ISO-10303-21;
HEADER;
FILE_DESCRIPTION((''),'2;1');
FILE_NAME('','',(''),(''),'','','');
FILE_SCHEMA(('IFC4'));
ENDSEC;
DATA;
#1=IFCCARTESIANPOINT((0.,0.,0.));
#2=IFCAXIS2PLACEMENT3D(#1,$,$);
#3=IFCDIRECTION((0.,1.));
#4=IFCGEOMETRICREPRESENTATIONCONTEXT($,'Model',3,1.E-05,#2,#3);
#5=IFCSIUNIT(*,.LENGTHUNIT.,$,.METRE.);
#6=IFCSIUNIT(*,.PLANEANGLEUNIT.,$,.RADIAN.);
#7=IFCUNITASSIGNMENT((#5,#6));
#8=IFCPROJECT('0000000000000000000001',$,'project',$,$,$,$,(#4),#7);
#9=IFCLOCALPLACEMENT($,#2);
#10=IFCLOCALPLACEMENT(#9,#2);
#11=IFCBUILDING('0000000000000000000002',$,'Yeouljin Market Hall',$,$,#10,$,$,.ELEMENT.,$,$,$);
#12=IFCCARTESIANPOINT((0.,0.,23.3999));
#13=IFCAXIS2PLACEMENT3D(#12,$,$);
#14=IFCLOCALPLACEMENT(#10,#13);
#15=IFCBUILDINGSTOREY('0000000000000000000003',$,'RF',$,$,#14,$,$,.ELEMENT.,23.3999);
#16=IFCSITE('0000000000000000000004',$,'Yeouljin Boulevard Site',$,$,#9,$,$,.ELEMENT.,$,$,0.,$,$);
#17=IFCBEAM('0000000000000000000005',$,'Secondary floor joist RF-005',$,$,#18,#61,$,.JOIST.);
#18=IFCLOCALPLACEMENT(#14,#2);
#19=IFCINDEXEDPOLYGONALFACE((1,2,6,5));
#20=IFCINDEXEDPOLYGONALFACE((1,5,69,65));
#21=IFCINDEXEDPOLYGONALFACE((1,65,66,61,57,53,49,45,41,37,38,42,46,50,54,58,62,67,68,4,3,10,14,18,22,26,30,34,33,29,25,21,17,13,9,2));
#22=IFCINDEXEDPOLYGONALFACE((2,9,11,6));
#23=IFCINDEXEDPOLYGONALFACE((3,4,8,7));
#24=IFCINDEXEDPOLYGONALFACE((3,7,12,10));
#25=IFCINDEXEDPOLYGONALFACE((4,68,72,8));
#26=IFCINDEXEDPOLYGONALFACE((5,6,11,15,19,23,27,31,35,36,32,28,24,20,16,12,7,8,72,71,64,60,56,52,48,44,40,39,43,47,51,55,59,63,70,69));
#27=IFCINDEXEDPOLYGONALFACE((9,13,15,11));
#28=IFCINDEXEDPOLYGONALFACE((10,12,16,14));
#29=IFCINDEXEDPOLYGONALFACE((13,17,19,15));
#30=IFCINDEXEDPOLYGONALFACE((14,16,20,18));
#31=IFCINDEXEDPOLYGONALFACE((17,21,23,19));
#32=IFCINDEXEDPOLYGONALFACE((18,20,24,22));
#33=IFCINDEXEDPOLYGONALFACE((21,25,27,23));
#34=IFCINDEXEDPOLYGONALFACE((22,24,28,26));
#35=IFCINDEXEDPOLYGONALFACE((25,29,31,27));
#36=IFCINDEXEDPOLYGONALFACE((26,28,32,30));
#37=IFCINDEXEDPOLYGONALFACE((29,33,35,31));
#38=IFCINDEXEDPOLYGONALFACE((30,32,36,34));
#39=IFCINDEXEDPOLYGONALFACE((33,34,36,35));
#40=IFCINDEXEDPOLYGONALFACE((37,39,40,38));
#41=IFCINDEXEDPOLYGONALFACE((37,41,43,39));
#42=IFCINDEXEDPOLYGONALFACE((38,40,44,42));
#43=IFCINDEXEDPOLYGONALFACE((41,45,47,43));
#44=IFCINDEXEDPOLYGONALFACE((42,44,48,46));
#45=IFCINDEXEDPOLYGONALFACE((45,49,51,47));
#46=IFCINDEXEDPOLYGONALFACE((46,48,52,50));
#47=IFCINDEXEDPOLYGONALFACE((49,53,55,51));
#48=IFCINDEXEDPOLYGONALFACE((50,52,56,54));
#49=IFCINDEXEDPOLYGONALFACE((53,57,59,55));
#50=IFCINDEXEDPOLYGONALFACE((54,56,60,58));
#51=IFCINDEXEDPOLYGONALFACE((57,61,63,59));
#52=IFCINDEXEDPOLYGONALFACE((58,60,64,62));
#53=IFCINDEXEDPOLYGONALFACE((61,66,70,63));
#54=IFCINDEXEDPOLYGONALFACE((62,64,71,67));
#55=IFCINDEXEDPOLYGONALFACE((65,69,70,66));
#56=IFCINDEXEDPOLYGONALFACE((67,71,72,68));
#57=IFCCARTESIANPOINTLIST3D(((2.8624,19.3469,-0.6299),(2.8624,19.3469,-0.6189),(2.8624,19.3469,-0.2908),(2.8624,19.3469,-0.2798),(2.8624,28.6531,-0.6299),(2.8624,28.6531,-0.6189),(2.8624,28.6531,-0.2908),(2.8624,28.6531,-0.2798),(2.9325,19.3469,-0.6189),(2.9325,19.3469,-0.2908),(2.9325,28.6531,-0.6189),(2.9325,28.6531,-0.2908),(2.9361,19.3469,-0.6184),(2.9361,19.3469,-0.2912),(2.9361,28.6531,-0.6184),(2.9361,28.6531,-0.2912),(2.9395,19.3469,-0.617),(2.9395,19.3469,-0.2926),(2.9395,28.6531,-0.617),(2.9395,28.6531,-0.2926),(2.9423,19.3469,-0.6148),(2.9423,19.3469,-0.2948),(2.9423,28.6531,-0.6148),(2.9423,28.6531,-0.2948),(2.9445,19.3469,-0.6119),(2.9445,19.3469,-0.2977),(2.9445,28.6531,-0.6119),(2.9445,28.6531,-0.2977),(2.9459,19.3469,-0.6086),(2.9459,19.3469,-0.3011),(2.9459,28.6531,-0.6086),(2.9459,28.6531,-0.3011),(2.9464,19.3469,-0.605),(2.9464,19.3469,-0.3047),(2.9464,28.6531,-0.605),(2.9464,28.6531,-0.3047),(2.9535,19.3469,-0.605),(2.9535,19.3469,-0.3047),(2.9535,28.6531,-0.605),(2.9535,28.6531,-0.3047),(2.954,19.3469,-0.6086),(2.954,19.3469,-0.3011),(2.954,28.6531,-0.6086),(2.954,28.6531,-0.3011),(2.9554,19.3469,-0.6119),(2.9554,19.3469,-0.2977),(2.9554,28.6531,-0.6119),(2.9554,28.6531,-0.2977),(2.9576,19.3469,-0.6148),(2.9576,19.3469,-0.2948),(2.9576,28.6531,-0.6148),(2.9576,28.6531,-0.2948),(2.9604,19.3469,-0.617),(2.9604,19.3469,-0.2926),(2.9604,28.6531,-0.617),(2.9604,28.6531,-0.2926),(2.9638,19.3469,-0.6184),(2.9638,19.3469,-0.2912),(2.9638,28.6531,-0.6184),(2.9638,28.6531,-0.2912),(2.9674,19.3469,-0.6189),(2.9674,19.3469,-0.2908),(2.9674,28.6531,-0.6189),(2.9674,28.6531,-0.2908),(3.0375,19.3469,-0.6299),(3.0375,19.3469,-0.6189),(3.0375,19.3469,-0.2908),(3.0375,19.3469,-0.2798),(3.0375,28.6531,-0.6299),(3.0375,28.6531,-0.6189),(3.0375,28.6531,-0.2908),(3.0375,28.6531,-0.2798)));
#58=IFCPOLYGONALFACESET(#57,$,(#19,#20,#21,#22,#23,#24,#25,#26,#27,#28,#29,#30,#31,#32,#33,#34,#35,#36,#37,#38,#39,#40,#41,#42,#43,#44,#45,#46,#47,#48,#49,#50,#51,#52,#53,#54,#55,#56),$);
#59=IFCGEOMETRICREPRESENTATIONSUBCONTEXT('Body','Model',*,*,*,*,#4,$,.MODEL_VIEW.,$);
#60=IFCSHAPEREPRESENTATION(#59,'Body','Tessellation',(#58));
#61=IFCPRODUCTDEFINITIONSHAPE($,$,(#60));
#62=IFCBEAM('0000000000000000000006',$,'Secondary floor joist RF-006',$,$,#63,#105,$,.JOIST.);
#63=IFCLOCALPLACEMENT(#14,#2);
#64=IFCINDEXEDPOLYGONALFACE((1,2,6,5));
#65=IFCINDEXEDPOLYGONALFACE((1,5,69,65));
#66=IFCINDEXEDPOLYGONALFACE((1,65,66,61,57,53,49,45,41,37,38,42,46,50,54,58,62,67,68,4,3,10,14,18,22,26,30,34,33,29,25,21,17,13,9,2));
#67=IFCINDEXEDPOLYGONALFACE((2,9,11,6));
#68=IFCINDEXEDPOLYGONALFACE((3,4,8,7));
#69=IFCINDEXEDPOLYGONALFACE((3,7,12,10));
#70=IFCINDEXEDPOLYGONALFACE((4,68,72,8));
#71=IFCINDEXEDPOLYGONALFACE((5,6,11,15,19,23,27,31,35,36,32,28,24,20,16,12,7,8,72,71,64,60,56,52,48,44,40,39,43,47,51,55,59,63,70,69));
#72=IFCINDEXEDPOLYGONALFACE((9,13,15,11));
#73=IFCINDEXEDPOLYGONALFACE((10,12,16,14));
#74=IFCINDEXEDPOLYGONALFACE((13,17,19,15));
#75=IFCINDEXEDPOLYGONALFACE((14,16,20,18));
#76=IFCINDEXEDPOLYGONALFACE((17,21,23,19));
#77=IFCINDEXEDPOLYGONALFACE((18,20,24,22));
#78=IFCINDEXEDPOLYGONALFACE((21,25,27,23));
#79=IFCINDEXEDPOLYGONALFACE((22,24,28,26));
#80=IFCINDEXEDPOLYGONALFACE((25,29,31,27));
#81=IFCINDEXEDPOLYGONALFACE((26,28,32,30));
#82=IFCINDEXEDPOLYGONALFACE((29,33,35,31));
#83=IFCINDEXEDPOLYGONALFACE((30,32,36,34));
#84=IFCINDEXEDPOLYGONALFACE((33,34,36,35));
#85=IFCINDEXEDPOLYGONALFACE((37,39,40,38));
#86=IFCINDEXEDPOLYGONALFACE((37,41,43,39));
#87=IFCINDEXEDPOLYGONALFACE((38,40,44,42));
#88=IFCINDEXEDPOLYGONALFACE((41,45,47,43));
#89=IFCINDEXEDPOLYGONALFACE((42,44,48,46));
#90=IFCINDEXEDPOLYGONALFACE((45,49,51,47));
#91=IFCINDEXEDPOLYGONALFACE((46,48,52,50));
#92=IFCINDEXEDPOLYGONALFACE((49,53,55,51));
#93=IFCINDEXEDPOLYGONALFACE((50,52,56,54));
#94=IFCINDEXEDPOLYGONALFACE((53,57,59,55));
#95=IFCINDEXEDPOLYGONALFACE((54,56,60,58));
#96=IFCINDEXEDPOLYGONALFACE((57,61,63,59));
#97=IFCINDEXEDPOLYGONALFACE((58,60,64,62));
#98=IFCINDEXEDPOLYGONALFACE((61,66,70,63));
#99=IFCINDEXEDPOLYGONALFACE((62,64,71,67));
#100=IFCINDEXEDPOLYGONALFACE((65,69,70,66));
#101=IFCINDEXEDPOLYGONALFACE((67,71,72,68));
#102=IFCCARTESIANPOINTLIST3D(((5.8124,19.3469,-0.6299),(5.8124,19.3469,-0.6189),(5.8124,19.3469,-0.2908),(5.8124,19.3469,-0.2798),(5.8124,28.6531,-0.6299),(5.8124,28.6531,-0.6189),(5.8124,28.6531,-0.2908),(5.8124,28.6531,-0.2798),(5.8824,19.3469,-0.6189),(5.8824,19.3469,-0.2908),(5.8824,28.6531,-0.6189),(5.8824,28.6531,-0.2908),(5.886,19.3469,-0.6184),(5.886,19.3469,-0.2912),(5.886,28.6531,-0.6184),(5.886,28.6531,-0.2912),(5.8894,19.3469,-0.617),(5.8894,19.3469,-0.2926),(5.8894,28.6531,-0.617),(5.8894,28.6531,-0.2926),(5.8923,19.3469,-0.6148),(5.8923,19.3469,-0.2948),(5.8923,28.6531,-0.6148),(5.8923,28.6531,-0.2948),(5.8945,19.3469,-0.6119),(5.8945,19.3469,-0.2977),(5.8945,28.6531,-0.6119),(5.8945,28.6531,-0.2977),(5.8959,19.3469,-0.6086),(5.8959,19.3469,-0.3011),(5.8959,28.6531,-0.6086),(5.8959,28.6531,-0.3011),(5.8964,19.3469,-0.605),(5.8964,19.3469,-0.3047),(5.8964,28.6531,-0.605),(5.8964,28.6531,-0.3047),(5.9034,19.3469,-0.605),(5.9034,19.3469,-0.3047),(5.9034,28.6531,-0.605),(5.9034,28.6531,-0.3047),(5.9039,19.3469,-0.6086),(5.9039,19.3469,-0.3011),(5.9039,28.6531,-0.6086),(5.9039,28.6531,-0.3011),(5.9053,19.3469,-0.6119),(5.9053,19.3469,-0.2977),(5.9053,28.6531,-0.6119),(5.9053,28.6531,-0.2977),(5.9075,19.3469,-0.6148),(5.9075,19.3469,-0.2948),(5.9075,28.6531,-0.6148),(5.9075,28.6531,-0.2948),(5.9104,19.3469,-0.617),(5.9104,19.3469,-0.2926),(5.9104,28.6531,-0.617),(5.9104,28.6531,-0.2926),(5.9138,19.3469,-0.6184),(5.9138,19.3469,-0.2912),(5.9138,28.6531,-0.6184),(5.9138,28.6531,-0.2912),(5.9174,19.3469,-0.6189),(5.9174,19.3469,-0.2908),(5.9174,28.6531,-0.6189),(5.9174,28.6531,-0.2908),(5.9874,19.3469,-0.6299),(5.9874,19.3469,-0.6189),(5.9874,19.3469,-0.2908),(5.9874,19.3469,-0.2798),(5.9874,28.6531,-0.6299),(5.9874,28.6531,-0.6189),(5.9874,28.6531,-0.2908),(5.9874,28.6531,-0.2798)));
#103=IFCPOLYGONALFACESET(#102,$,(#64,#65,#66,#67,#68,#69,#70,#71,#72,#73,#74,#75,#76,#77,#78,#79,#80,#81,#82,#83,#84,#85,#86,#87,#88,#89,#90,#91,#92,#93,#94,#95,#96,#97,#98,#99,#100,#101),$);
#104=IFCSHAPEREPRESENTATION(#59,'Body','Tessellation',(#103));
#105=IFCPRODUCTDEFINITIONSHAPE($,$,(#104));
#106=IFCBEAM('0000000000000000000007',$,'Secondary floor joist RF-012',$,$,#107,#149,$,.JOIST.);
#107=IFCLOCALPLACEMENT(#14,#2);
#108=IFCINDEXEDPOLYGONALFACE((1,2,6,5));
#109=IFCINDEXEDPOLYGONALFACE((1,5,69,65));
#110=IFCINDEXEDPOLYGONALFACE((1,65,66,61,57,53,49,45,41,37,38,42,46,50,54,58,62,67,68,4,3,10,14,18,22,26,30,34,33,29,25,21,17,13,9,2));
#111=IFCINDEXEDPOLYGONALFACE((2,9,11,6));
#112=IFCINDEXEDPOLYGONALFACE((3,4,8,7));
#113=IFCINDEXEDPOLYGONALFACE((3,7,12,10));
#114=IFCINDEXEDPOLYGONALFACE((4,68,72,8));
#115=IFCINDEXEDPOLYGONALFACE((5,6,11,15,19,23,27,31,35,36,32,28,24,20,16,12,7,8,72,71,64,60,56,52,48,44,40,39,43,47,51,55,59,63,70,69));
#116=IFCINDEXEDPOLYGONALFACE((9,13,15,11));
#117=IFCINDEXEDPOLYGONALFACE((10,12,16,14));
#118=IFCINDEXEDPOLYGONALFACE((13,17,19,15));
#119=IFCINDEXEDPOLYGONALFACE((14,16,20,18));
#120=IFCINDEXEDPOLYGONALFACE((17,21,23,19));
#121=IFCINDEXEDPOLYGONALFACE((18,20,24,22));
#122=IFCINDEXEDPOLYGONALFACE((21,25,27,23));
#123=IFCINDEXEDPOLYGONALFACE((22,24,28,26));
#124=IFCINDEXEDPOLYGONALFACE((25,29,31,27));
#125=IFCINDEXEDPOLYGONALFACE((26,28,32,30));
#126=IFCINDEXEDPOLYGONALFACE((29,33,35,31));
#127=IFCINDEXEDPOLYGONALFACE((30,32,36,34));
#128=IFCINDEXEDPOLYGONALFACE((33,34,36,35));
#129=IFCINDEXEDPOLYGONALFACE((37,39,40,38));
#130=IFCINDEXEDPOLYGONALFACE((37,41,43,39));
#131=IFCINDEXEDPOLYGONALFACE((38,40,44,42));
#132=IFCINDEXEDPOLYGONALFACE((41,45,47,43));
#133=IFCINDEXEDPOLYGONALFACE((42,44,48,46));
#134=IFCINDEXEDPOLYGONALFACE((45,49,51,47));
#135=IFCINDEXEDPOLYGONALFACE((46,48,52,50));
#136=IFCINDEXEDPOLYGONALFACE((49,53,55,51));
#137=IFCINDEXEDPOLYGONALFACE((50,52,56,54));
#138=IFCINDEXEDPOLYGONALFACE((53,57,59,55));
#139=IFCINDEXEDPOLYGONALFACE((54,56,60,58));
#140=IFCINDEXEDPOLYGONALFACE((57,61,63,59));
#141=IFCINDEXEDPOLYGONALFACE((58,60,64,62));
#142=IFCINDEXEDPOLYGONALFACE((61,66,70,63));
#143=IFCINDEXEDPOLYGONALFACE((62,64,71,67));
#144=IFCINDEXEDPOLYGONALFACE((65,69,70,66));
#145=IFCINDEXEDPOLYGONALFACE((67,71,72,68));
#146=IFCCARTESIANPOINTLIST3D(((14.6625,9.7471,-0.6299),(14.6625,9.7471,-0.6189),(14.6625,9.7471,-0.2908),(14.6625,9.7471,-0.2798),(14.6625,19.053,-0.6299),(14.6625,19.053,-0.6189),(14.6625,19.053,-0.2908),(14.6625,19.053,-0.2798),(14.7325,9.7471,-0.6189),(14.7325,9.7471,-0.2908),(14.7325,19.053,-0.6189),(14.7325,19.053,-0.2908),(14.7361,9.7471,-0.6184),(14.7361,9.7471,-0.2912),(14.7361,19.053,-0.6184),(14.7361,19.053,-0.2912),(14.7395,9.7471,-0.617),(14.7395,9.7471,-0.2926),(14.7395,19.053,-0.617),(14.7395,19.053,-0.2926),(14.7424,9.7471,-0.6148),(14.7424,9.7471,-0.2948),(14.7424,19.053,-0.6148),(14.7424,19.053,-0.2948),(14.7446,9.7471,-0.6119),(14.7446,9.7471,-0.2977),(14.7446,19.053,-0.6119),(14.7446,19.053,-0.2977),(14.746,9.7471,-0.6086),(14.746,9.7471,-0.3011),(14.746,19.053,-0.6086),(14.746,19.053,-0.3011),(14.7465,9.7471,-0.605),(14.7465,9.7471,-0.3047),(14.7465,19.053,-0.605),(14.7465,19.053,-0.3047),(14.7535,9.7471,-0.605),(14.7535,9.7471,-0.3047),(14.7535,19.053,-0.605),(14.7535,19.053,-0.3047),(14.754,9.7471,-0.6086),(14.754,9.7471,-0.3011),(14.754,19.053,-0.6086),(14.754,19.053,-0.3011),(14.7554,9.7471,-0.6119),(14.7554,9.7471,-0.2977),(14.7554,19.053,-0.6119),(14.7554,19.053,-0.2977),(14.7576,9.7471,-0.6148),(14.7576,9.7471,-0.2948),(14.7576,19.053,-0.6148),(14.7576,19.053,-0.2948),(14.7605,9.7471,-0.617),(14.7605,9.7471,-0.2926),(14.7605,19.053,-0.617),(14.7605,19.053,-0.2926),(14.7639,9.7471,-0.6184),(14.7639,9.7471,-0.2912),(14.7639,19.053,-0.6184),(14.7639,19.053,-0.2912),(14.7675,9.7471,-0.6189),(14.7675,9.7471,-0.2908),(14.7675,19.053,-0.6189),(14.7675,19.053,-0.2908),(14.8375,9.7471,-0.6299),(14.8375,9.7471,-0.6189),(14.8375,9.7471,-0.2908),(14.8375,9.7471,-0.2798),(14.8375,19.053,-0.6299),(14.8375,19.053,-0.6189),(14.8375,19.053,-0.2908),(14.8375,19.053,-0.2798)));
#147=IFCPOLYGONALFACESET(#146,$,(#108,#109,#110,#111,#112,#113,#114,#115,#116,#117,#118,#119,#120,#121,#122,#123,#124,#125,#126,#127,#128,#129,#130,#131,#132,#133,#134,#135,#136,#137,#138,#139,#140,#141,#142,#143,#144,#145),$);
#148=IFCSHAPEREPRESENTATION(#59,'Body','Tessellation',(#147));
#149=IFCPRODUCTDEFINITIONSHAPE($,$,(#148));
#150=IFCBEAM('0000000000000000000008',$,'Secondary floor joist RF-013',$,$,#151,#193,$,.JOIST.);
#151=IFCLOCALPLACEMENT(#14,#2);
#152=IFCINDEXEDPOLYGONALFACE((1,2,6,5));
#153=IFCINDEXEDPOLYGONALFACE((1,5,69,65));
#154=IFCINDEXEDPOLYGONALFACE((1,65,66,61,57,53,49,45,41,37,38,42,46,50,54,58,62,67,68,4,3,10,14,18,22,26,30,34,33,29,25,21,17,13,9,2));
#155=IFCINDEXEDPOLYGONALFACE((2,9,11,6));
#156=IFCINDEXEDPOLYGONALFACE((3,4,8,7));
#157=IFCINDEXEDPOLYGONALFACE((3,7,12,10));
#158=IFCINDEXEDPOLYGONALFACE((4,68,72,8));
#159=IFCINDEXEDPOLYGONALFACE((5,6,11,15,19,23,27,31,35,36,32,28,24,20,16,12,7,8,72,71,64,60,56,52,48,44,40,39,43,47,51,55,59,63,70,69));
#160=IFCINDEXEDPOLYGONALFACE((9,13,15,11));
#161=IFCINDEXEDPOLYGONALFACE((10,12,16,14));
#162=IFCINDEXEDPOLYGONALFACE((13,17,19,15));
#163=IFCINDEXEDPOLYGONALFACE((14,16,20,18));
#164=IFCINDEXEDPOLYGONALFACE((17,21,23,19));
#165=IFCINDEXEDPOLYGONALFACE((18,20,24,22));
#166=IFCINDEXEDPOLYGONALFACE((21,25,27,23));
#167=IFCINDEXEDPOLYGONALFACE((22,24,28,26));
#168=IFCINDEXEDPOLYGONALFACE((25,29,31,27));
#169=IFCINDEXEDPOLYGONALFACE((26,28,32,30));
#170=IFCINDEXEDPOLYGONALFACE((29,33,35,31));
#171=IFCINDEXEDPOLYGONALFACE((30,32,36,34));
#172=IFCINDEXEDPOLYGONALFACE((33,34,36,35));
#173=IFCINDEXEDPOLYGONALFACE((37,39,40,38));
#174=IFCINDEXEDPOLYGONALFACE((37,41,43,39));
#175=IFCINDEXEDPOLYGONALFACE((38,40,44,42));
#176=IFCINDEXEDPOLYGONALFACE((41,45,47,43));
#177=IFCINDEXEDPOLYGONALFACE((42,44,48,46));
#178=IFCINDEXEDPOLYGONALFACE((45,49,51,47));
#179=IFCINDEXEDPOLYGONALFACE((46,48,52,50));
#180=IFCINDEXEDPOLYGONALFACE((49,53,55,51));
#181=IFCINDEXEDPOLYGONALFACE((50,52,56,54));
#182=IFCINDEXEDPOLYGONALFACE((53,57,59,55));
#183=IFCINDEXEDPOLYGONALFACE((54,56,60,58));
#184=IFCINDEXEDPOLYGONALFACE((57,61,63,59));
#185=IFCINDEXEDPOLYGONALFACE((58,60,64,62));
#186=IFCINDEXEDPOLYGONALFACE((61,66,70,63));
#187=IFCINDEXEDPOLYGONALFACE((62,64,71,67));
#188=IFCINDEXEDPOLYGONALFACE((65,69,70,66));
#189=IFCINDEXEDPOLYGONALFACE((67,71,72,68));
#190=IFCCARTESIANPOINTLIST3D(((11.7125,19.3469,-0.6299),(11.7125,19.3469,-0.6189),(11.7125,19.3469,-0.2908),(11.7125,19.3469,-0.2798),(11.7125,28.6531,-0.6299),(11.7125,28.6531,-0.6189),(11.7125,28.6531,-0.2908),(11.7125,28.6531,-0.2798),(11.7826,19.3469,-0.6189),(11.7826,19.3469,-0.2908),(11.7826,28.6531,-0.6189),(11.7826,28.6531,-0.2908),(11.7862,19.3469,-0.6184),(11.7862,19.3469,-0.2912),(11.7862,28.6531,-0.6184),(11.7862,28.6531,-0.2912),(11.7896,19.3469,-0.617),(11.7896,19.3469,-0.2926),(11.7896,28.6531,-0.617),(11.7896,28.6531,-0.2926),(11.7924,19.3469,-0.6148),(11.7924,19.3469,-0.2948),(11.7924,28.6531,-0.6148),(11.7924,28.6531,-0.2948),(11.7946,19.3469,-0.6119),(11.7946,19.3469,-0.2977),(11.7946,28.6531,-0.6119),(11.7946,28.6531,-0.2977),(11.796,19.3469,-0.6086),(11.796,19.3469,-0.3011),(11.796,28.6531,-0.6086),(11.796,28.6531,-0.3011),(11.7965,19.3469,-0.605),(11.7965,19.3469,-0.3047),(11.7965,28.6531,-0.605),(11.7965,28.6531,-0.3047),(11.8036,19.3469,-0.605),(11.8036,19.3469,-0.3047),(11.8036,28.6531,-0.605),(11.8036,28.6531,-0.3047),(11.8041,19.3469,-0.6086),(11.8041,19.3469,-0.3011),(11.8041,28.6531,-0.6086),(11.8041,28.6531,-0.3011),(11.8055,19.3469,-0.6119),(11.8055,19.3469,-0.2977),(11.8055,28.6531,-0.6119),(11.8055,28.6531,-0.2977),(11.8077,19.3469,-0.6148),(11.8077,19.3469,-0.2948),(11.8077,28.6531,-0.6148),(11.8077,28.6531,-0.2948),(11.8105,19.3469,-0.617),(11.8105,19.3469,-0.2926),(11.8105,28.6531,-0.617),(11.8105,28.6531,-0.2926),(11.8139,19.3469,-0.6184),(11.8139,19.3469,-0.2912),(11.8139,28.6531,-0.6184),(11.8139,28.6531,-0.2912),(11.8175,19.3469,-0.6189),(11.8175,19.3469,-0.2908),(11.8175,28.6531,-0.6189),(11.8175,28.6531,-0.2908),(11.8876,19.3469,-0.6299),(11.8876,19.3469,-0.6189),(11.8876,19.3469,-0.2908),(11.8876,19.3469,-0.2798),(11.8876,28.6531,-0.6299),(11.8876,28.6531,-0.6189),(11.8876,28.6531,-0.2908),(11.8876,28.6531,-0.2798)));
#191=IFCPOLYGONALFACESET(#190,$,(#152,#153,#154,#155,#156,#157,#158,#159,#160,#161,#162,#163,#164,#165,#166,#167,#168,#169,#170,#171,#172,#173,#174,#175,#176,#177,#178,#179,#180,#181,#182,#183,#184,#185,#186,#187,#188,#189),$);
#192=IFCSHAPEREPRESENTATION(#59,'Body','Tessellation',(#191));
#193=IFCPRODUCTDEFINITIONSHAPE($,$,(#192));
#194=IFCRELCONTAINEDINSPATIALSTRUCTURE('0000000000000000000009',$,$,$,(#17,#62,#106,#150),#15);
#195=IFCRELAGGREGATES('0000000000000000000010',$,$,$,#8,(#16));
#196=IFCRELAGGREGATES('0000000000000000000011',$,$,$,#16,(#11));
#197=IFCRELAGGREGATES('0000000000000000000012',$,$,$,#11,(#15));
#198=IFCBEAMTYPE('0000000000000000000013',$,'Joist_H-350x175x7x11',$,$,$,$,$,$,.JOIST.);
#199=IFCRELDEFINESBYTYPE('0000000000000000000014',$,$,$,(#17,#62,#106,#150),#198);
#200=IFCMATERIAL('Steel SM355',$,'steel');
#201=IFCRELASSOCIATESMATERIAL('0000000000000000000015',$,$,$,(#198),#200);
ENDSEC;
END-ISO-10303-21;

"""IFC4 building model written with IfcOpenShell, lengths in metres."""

from ifc_helpers import new_model, si_unit, direction, frame, origin, origin_2d, place, context, subcontext, project, spatial, i_section, extrude, material, material_profile, profile_set, type_object, element, save


model = new_model("IFC4")

# Units and contexts
model_context = context("Model", 3, precision=1e-05, world=origin(), true_north=direction((0.0, 1.0)))
body_context = subcontext(model_context, "Body", "Model", "MODEL_VIEW")
ifc_project = project(units=[si_unit("LENGTHUNIT", "METRE"), si_unit("PLANEANGLEUNIT", "RADIAN")], contexts=[model_context])

# Site, building, storey
site_placement = place(None, origin())
site = spatial("IfcSite", under=ifc_project, at=site_placement, Name="Yeouljin Boulevard Site", CompositionType="ELEMENT", RefElevation=0.0)
building_placement = place(site_placement, origin())
building = spatial("IfcBuilding", under=site, at=building_placement, Name="Yeouljin Market Hall", CompositionType="ELEMENT")
storey_placement = place(building_placement, frame((0.0, 0.0, 23.3999)))
storey = spatial("IfcBuildingStorey", under=building, at=storey_placement, Name="RF", CompositionType="ELEMENT", Elevation=23.3999)

# Beams
ifc_material_1 = material(Name="Steel SM355", Category="steel")
ifc_material_profile_1 = material_profile(ifc_material_1, i_section(OverallWidth=0.175, OverallDepth=0.3501, WebThickness=0.0071, FlangeThickness=0.011, FilletRadius=0.0139, at=origin_2d()), Name="H-350x175x7x11")
ifc_profile_set_1 = profile_set([ifc_material_profile_1], Name="Steel SM355")
beam_type_1 = type_object("IfcBeamType", Name="Joist_H-350x175x7x11", PredefinedType="JOIST", material=ifc_profile_set_1)
for number, where, z_axis, x_axis, name in (
    (1, (2.95, 19.3469, -0.4548), (0.0, 1.0, 0.0), (-1.0, 0.0, 0.0), "Secondary floor joist RF-005"),
    (2, (5.8999, 19.3469, -0.4548), (0.0, 1.0, 0.0), (-1.0, 0.0, 0.0), "Secondary floor joist RF-006"),
):
    element("IfcBeam", number, at=place(storey_placement, frame(where, z_axis=z_axis, x_axis=x_axis)), inside=storey, type_object=beam_type_1, Name=name, PredefinedType="JOIST", context=body_context, shape_type="SweptSolid", body=[
        extrude(i_section(OverallWidth=0.175, OverallDepth=0.3501, WebThickness=0.0071, FlangeThickness=0.011, FilletRadius=0.0139, at=origin_2d()), origin(), (0.0, 0.0, 1.0), 9.3062),
    ])
beam_1_placement = place(storey_placement, frame((14.75, 9.7471, -0.4548), z_axis=(0.0, 1.0, 0.0), x_axis=(-1.0, 0.0, 0.0)))
element("IfcBeam", 3, at=beam_1_placement, inside=storey, type_object=beam_type_1, Name="Secondary floor joist RF-012", PredefinedType="JOIST", context=body_context, shape_type="SweptSolid", body=[
    extrude(i_section(OverallWidth=0.175, OverallDepth=0.3501, WebThickness=0.0071, FlangeThickness=0.011, FilletRadius=0.0139, at=origin_2d()), origin(), (0.0, 0.0, 1.0), 9.3059),
])
for number, where, z_axis, x_axis, name in (
    (4, (11.8, 19.3469, -0.4548), (0.0, 1.0, 0.0), (-1.0, 0.0, 0.0), "Secondary floor joist RF-013"),
):
    element("IfcBeam", number, at=place(storey_placement, frame(where, z_axis=z_axis, x_axis=x_axis)), inside=storey, type_object=beam_type_1, Name=name, PredefinedType="JOIST", context=body_context, shape_type="SweptSolid", body=[
        extrude(i_section(OverallWidth=0.175, OverallDepth=0.3501, WebThickness=0.0071, FlangeThickness=0.011, FilletRadius=0.0139, at=origin_2d()), origin(), (0.0, 0.0, 1.0), 9.3062),
    ])

save(model, "model.ifc")
